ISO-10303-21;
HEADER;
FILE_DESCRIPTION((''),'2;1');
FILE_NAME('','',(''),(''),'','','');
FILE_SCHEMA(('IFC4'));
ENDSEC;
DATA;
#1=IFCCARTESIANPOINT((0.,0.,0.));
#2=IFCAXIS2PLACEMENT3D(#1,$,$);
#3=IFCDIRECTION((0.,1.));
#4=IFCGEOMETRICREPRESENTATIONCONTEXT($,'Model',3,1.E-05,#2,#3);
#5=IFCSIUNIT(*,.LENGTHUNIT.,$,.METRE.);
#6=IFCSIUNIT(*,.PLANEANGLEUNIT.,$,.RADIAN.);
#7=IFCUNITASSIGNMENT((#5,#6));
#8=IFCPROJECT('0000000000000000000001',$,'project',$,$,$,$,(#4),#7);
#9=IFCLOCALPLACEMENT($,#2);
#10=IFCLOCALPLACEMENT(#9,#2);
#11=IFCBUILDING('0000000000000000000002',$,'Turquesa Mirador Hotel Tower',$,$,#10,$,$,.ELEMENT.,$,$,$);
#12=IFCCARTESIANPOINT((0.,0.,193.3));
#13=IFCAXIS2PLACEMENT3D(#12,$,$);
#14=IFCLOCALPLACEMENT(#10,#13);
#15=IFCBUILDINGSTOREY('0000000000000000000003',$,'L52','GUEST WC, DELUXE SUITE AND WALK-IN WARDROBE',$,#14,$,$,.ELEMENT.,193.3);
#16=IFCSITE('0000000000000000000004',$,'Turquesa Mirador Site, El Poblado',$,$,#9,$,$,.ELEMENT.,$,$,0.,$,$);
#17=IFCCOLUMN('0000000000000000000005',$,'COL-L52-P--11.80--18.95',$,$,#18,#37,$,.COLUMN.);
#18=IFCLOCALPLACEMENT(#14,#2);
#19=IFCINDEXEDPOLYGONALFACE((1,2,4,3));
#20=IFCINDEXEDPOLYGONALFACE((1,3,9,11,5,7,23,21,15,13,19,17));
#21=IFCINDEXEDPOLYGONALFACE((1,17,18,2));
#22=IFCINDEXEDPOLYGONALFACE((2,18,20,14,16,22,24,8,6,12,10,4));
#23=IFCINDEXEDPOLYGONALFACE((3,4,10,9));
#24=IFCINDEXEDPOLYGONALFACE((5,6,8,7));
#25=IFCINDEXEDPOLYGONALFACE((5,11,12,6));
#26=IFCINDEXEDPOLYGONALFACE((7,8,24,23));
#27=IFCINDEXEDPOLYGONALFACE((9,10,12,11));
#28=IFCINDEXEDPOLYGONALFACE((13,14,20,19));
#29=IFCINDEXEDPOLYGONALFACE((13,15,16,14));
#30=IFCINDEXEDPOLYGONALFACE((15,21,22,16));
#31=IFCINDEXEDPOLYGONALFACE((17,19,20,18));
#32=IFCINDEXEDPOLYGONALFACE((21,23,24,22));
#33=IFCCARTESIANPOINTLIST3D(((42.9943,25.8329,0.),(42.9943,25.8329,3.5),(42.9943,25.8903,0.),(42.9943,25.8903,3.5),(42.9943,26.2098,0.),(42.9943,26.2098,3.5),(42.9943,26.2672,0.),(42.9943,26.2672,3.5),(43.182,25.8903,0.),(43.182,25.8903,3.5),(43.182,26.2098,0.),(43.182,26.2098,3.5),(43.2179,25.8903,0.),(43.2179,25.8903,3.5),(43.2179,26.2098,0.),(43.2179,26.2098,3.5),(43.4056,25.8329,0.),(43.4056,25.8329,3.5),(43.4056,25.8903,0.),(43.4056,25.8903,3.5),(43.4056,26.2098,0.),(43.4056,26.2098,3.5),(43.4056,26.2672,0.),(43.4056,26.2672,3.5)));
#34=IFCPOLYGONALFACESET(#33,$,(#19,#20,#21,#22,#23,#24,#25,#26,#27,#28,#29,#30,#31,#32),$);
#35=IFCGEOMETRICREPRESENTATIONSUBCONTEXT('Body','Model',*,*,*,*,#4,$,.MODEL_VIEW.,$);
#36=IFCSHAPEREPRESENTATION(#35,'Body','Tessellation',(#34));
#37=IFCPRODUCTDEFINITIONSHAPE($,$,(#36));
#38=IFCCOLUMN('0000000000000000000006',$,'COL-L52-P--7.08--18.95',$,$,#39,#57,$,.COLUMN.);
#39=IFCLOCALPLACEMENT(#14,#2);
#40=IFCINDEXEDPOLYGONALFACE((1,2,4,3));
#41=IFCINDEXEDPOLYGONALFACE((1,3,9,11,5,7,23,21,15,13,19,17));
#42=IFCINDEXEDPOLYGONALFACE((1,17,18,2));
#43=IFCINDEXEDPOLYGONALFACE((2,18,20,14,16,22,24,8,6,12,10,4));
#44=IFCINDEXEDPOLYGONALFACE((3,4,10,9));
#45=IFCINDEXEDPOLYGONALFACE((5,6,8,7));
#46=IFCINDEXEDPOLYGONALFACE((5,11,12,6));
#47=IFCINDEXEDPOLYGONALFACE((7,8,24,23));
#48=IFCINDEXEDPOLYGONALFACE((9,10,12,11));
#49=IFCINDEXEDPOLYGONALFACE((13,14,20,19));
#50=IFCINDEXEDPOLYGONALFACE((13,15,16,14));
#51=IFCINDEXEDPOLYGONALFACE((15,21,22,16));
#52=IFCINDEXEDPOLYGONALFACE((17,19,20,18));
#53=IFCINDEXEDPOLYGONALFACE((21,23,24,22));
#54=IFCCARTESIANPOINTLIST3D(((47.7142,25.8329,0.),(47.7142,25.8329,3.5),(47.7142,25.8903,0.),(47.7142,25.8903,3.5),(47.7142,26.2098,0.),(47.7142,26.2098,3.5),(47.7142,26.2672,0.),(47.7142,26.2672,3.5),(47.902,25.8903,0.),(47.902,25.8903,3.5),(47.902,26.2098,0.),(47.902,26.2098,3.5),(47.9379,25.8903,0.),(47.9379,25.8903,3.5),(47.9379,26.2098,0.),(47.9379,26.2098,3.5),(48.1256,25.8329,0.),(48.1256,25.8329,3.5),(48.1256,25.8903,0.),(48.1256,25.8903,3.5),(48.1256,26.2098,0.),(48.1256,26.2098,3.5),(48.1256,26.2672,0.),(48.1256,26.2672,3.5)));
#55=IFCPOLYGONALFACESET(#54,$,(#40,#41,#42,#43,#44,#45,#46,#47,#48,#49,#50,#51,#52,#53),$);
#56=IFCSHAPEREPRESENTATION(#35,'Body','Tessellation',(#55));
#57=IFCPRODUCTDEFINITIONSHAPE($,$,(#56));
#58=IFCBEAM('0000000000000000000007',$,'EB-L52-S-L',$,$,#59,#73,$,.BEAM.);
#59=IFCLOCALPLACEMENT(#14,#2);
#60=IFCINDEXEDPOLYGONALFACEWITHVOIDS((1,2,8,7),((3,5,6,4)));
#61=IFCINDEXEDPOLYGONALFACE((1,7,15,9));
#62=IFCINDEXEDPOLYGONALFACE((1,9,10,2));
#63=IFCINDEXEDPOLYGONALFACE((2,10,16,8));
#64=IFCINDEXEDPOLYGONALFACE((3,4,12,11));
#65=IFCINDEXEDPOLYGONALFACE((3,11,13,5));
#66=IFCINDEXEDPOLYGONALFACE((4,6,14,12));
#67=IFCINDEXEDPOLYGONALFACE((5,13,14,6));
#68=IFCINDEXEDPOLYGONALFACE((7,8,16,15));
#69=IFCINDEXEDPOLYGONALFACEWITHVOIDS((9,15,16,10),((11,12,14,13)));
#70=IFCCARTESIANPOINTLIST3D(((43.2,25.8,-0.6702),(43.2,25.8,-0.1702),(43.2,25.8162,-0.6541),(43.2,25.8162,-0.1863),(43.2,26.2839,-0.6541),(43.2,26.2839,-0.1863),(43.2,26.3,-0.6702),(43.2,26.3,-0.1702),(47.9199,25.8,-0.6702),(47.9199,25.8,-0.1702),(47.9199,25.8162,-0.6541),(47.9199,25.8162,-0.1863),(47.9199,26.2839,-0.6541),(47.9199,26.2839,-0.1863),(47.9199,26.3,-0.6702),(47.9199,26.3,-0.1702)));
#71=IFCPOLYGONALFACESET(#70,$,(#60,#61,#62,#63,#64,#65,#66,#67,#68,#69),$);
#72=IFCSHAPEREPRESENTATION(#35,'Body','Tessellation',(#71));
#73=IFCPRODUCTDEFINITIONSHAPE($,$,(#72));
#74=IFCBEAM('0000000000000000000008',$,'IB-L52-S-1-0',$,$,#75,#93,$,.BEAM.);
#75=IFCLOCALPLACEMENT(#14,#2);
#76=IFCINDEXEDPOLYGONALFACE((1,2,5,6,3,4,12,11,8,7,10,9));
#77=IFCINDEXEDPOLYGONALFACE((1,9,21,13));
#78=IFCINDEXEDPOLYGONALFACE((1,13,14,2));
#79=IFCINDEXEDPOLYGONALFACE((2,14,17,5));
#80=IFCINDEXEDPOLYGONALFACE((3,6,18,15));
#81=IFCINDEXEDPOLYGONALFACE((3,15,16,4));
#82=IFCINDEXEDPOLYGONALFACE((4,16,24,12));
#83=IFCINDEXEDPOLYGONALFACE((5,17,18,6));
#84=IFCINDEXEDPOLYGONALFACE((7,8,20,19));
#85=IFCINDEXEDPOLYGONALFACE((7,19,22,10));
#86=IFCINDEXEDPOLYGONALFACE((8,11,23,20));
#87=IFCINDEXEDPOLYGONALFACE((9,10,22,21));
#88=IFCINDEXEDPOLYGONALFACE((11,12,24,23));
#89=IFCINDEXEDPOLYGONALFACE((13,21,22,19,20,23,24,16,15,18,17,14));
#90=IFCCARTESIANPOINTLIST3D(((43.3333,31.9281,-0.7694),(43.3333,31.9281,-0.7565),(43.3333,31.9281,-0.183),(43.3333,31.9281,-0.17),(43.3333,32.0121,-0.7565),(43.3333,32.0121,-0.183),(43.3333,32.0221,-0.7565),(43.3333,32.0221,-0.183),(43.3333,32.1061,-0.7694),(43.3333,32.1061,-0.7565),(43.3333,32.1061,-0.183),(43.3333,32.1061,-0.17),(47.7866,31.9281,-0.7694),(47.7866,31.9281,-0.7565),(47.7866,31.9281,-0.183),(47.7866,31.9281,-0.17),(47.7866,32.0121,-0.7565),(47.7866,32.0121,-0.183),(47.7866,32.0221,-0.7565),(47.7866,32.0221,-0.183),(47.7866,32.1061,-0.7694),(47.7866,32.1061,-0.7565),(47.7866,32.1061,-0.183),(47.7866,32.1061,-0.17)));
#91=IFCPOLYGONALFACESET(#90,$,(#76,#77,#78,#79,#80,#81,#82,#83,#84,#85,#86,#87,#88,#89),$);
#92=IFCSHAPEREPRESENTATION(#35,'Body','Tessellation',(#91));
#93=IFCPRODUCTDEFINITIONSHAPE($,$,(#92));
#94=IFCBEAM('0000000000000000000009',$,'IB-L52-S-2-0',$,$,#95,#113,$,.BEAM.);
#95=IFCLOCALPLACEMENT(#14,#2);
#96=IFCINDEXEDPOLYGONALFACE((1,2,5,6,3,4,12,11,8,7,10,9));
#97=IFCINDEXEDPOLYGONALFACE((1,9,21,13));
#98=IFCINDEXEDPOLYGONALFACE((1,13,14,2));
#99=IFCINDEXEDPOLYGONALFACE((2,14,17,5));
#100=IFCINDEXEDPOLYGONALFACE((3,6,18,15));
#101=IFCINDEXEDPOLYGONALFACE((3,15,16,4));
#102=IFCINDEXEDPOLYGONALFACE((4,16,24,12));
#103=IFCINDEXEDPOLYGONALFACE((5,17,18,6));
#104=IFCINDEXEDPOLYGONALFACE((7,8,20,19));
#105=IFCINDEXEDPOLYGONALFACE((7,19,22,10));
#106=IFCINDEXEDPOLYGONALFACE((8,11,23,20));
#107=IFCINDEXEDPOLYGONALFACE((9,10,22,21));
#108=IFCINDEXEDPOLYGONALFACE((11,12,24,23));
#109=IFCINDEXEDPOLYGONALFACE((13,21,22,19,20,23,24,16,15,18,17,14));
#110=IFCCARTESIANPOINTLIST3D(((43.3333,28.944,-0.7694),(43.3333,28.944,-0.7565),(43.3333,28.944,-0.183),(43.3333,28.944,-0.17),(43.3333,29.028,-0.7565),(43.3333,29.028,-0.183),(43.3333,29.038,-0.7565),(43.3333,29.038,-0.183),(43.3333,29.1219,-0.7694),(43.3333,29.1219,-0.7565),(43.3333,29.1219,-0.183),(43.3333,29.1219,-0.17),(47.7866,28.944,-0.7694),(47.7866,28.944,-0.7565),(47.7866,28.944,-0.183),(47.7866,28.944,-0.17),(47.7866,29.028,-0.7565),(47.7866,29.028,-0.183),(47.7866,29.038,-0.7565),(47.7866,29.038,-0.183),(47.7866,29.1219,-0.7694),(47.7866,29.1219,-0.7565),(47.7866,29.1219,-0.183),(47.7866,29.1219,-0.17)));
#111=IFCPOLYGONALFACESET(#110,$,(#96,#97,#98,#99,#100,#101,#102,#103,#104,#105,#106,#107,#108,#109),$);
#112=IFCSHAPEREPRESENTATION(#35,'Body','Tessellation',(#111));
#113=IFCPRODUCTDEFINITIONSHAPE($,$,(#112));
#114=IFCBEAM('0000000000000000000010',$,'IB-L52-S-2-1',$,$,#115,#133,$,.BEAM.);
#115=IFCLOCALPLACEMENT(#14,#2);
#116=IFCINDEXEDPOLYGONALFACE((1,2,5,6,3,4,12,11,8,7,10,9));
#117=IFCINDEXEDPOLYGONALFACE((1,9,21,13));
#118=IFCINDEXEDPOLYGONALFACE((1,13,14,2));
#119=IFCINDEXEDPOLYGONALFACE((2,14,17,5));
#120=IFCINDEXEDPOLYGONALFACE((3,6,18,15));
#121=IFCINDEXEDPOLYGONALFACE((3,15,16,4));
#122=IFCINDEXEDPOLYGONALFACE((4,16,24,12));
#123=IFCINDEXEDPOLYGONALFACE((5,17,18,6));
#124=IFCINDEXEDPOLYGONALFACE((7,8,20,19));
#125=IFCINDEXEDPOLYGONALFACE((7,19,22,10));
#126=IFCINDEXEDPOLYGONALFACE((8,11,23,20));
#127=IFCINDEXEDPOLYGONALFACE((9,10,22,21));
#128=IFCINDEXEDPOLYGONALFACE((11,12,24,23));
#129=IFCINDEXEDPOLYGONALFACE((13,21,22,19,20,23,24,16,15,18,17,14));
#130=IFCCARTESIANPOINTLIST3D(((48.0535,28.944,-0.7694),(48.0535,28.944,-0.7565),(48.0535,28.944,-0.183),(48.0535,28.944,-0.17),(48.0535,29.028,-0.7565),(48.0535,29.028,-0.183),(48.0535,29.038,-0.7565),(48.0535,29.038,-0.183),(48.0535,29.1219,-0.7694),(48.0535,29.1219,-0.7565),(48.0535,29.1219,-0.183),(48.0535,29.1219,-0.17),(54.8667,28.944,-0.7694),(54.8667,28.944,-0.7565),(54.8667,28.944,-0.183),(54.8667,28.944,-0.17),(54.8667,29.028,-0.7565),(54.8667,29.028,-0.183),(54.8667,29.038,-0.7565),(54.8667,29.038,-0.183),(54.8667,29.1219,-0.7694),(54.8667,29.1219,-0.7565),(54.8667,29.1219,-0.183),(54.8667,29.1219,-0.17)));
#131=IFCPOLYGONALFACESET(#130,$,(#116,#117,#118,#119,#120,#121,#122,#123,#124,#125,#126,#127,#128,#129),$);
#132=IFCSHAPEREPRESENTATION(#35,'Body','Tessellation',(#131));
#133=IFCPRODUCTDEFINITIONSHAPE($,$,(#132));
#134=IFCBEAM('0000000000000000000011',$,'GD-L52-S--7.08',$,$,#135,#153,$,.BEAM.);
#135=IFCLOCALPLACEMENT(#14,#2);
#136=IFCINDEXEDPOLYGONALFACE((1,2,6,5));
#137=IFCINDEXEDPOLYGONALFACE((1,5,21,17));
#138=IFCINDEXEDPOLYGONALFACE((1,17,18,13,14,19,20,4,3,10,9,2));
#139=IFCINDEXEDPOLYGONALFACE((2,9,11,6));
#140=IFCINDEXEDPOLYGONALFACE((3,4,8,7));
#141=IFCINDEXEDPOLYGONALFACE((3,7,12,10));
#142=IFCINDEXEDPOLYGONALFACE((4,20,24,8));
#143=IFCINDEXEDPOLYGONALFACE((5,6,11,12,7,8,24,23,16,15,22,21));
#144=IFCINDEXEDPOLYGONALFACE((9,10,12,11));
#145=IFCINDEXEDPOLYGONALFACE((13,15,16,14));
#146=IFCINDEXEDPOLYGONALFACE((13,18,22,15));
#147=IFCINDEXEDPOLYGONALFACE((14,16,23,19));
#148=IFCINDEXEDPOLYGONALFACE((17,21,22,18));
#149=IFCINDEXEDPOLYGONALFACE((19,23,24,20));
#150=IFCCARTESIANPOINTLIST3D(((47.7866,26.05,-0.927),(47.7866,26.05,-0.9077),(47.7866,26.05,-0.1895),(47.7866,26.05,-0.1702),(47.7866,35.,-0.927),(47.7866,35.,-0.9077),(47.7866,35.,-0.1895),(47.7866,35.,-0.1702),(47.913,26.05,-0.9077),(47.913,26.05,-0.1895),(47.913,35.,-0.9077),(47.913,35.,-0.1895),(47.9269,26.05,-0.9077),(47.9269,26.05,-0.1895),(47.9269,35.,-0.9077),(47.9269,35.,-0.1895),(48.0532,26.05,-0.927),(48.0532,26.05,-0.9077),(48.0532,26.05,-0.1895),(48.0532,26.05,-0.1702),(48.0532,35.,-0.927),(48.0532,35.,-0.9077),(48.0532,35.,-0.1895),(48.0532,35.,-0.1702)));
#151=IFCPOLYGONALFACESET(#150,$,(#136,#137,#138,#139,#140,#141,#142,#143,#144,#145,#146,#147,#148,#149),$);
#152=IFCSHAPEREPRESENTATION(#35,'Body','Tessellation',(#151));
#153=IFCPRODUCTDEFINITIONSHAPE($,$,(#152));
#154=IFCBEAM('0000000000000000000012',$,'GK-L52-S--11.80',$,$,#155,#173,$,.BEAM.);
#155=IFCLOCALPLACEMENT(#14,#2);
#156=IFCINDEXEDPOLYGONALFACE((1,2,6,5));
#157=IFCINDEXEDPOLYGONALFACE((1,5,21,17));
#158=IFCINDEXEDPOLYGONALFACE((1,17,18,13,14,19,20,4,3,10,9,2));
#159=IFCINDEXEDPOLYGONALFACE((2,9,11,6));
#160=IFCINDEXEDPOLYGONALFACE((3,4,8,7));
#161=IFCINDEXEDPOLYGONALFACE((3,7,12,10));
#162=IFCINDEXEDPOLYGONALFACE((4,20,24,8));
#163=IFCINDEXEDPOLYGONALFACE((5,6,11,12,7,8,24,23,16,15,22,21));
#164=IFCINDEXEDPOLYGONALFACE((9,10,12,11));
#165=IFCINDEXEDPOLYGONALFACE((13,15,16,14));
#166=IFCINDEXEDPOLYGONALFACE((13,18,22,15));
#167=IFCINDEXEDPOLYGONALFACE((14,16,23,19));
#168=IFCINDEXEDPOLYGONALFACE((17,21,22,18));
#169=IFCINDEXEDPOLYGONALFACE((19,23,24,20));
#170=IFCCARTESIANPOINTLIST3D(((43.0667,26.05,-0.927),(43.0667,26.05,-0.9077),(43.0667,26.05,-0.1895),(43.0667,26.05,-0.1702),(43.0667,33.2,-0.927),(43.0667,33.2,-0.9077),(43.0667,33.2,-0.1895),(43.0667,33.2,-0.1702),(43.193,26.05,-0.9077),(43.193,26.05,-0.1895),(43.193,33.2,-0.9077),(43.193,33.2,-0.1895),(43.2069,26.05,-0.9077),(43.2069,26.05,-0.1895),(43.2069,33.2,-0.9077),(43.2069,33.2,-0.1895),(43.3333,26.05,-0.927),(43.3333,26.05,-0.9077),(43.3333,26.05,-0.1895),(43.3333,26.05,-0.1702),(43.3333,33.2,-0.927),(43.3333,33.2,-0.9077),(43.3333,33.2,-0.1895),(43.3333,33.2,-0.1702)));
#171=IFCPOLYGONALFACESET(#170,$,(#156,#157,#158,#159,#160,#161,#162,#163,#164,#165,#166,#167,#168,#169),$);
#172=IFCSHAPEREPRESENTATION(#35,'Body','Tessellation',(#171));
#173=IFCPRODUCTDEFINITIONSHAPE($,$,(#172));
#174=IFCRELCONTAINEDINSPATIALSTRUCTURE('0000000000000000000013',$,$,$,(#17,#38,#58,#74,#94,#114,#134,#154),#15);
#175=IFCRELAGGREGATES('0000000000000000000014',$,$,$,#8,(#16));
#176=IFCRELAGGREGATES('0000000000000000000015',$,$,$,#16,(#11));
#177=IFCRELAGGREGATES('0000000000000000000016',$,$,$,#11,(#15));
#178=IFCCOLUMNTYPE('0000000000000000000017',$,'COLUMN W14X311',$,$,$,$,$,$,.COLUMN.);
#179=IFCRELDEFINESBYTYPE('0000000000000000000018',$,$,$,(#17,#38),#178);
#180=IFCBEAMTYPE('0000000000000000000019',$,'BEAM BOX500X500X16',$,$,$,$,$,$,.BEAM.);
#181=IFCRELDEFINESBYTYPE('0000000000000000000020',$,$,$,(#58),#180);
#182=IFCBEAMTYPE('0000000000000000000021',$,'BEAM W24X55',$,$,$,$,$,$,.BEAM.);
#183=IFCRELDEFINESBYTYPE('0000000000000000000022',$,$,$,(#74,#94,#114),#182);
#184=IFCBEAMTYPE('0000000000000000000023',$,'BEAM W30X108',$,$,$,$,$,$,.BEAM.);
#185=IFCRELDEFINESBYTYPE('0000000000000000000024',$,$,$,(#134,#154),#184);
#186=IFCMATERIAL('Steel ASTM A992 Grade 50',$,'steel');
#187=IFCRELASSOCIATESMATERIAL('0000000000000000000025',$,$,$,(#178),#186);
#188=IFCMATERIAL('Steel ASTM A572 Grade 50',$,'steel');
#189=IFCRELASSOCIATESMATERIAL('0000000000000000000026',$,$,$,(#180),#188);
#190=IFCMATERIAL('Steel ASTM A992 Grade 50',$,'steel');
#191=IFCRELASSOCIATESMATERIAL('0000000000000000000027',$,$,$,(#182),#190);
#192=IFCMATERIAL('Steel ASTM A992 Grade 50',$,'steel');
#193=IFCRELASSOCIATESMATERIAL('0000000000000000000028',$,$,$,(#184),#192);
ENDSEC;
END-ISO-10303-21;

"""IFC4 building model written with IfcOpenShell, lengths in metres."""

from ifc_helpers import new_model, si_unit, direction, frame, origin, origin_2d, place, context, subcontext, project, spatial, hollow_rectangle, i_section, extrude, material, material_profile, profile_set, type_object, element, save


model = new_model("IFC4")

# Units and contexts
model_context = context("Model", 3, precision=1e-05, world=origin(), true_north=direction((0.0, 1.0)))
body_context = subcontext(model_context, "Body", "Model", "MODEL_VIEW")
ifc_project = project(units=[si_unit("LENGTHUNIT", "METRE"), si_unit("PLANEANGLEUNIT", "RADIAN")], contexts=[model_context])

# Site, building, storey
site_placement = place(None, origin())
site = spatial("IfcSite", under=ifc_project, at=site_placement, Name="Turquesa Mirador Site, El Poblado", CompositionType="ELEMENT", RefElevation=0.0)
building_placement = place(site_placement, origin())
building = spatial("IfcBuilding", under=site, at=building_placement, Name="Turquesa Mirador Hotel Tower", CompositionType="ELEMENT")
storey_placement = place(building_placement, frame((0.0, 0.0, 193.3)))
storey = spatial("IfcBuildingStorey", under=building, at=storey_placement, Name="L52", Description="GUEST WC, DELUXE SUITE AND WALK-IN WARDROBE", CompositionType="ELEMENT", Elevation=193.3)

# Columns
ifc_material_1 = material(Name="Steel ASTM A992 Grade 50", Category="steel")
ifc_material_profile_1 = material_profile(ifc_material_1, i_section(OverallWidth=0.4114, OverallDepth=0.4343, WebThickness=0.0359, FlangeThickness=0.0574, at=origin_2d()), Name="W14X311")
ifc_profile_set_1 = profile_set([ifc_material_profile_1], Name="Steel ASTM A992 Grade 50")
column_type = type_object("IfcColumnType", Name="COLUMN W14X311", PredefinedType="COLUMN", material=ifc_profile_set_1)
for number, where, z_axis, x_axis, name in (
    (1, (43.2, 26.05, 0.0), (0.0, 0.0, 1.0), (1.0, 0.0, 0.0), "COL-L52-P--11.80--18.95"),
    (2, (47.9199, 26.05, 0.0), (0.0, 0.0, 1.0), (1.0, 0.0, 0.0), "COL-L52-P--7.08--18.95"),
):
    element("IfcColumn", number, at=place(storey_placement, frame(where, z_axis=z_axis, x_axis=x_axis)), inside=storey, type_object=column_type, Name=name, PredefinedType="COLUMN", context=body_context, shape_type="SweptSolid", body=[
        extrude(i_section(OverallWidth=0.4114, OverallDepth=0.4343, WebThickness=0.0359, FlangeThickness=0.0574, at=origin_2d()), origin(), (0.0, 0.0, 1.0), 3.5),
    ])

# Beams
ifc_material_2 = material(Name="Steel ASTM A572 Grade 50", Category="steel")
ifc_material_profile_2 = material_profile(ifc_material_2, hollow_rectangle(XDim=0.5, YDim=0.5, WallThickness=0.0161, at=origin_2d()), Name="BOX500X500X16")
ifc_profile_set_2 = profile_set([ifc_material_profile_2], Name="Steel ASTM A572 Grade 50")
beam_type_1 = type_object("IfcBeamType", Name="BEAM BOX500X500X16", PredefinedType="BEAM", material=ifc_profile_set_2)
beam_1_placement = place(storey_placement, frame((43.2, 26.05, -0.4202), z_axis=(1.0, 0.0, 0.0), x_axis=(0.0, 1.0, 0.0)))
element("IfcBeam", 3, at=beam_1_placement, inside=storey, type_object=beam_type_1, Name="EB-L52-S-L", PredefinedType="BEAM", context=body_context, shape_type="SweptSolid", body=[
    extrude(hollow_rectangle(XDim=0.5, YDim=0.5, WallThickness=0.0161, at=origin_2d()), origin(), (0.0, 0.0, 1.0), 4.72),
])
ifc_material_3 = material(Name="Steel ASTM A992 Grade 50", Category="steel")
ifc_material_profile_3 = material_profile(ifc_material_3, i_section(OverallWidth=0.178, OverallDepth=0.5994, WebThickness=0.01, FlangeThickness=0.0129, at=origin_2d()), Name="W24X55")
ifc_profile_set_3 = profile_set([ifc_material_profile_3], Name="Steel ASTM A992 Grade 50")
beam_type_2 = type_object("IfcBeamType", Name="BEAM W24X55", PredefinedType="BEAM", material=ifc_profile_set_3)
for number, where, z_axis, x_axis, name in (
    (4, (43.3333, 32.0171, -0.4697), (1.0, 0.0, 0.0), (0.0, 1.0, 0.0), "IB-L52-S-1-0"),
    (5, (43.3333, 29.033, -0.4697), (1.0, 0.0, 0.0), (0.0, 1.0, 0.0), "IB-L52-S-2-0"),
):
    element("IfcBeam", number, at=place(storey_placement, frame(where, z_axis=z_axis, x_axis=x_axis)), inside=storey, type_object=beam_type_2, Name=name, PredefinedType="BEAM", context=body_context, shape_type="SweptSolid", body=[
        extrude(i_section(OverallWidth=0.178, OverallDepth=0.5994, WebThickness=0.01, FlangeThickness=0.0129, at=origin_2d()), origin(), (0.0, 0.0, 1.0), 4.4534),
    ])
beam_2_placement = place(storey_placement, frame((48.0535, 29.033, -0.4697), z_axis=(1.0, 0.0, 0.0), x_axis=(0.0, 1.0, 0.0)))
element("IfcBeam", 6, at=beam_2_placement, inside=storey, type_object=beam_type_2, Name="IB-L52-S-2-1", PredefinedType="BEAM", context=body_context, shape_type="SweptSolid", body=[
    extrude(i_section(OverallWidth=0.178, OverallDepth=0.5994, WebThickness=0.01, FlangeThickness=0.0129, at=origin_2d()), origin(), (0.0, 0.0, 1.0), 6.8132),
])
ifc_material_4 = material(Name="Steel ASTM A992 Grade 50", Category="steel")
ifc_material_profile_4 = material_profile(ifc_material_4, i_section(OverallWidth=0.2666, OverallDepth=0.7568, WebThickness=0.0139, FlangeThickness=0.0193, at=origin_2d()), Name="W30X108")
ifc_profile_set_4 = profile_set([ifc_material_profile_4], Name="Steel ASTM A992 Grade 50")
beam_type_3 = type_object("IfcBeamType", Name="BEAM W30X108", PredefinedType="BEAM", material=ifc_profile_set_4)
beam_3_placement = place(storey_placement, frame((47.9199, 26.05, -0.5486), z_axis=(0.0, 1.0, 0.0), x_axis=(-1.0, 0.0, 0.0)))
element("IfcBeam", 7, at=beam_3_placement, inside=storey, type_object=beam_type_3, Name="GD-L52-S--7.08", PredefinedType="BEAM", context=body_context, shape_type="SweptSolid", body=[
    extrude(i_section(OverallWidth=0.2666, OverallDepth=0.7568, WebThickness=0.0139, FlangeThickness=0.0193, at=origin_2d()), origin(), (0.0, 0.0, 1.0), 8.95),
])
beam_4_placement = place(storey_placement, frame((43.2, 26.05, -0.5486), z_axis=(0.0, 1.0, 0.0), x_axis=(-1.0, 0.0, 0.0)))
element("IfcBeam", 8, at=beam_4_placement, inside=storey, type_object=beam_type_3, Name="GK-L52-S--11.80", PredefinedType="BEAM", context=body_context, shape_type="SweptSolid", body=[
    extrude(i_section(OverallWidth=0.2666, OverallDepth=0.7568, WebThickness=0.0139, FlangeThickness=0.0193, at=origin_2d()), origin(), (0.0, 0.0, 1.0), 7.1499),
])

save(model, "model.ifc")
